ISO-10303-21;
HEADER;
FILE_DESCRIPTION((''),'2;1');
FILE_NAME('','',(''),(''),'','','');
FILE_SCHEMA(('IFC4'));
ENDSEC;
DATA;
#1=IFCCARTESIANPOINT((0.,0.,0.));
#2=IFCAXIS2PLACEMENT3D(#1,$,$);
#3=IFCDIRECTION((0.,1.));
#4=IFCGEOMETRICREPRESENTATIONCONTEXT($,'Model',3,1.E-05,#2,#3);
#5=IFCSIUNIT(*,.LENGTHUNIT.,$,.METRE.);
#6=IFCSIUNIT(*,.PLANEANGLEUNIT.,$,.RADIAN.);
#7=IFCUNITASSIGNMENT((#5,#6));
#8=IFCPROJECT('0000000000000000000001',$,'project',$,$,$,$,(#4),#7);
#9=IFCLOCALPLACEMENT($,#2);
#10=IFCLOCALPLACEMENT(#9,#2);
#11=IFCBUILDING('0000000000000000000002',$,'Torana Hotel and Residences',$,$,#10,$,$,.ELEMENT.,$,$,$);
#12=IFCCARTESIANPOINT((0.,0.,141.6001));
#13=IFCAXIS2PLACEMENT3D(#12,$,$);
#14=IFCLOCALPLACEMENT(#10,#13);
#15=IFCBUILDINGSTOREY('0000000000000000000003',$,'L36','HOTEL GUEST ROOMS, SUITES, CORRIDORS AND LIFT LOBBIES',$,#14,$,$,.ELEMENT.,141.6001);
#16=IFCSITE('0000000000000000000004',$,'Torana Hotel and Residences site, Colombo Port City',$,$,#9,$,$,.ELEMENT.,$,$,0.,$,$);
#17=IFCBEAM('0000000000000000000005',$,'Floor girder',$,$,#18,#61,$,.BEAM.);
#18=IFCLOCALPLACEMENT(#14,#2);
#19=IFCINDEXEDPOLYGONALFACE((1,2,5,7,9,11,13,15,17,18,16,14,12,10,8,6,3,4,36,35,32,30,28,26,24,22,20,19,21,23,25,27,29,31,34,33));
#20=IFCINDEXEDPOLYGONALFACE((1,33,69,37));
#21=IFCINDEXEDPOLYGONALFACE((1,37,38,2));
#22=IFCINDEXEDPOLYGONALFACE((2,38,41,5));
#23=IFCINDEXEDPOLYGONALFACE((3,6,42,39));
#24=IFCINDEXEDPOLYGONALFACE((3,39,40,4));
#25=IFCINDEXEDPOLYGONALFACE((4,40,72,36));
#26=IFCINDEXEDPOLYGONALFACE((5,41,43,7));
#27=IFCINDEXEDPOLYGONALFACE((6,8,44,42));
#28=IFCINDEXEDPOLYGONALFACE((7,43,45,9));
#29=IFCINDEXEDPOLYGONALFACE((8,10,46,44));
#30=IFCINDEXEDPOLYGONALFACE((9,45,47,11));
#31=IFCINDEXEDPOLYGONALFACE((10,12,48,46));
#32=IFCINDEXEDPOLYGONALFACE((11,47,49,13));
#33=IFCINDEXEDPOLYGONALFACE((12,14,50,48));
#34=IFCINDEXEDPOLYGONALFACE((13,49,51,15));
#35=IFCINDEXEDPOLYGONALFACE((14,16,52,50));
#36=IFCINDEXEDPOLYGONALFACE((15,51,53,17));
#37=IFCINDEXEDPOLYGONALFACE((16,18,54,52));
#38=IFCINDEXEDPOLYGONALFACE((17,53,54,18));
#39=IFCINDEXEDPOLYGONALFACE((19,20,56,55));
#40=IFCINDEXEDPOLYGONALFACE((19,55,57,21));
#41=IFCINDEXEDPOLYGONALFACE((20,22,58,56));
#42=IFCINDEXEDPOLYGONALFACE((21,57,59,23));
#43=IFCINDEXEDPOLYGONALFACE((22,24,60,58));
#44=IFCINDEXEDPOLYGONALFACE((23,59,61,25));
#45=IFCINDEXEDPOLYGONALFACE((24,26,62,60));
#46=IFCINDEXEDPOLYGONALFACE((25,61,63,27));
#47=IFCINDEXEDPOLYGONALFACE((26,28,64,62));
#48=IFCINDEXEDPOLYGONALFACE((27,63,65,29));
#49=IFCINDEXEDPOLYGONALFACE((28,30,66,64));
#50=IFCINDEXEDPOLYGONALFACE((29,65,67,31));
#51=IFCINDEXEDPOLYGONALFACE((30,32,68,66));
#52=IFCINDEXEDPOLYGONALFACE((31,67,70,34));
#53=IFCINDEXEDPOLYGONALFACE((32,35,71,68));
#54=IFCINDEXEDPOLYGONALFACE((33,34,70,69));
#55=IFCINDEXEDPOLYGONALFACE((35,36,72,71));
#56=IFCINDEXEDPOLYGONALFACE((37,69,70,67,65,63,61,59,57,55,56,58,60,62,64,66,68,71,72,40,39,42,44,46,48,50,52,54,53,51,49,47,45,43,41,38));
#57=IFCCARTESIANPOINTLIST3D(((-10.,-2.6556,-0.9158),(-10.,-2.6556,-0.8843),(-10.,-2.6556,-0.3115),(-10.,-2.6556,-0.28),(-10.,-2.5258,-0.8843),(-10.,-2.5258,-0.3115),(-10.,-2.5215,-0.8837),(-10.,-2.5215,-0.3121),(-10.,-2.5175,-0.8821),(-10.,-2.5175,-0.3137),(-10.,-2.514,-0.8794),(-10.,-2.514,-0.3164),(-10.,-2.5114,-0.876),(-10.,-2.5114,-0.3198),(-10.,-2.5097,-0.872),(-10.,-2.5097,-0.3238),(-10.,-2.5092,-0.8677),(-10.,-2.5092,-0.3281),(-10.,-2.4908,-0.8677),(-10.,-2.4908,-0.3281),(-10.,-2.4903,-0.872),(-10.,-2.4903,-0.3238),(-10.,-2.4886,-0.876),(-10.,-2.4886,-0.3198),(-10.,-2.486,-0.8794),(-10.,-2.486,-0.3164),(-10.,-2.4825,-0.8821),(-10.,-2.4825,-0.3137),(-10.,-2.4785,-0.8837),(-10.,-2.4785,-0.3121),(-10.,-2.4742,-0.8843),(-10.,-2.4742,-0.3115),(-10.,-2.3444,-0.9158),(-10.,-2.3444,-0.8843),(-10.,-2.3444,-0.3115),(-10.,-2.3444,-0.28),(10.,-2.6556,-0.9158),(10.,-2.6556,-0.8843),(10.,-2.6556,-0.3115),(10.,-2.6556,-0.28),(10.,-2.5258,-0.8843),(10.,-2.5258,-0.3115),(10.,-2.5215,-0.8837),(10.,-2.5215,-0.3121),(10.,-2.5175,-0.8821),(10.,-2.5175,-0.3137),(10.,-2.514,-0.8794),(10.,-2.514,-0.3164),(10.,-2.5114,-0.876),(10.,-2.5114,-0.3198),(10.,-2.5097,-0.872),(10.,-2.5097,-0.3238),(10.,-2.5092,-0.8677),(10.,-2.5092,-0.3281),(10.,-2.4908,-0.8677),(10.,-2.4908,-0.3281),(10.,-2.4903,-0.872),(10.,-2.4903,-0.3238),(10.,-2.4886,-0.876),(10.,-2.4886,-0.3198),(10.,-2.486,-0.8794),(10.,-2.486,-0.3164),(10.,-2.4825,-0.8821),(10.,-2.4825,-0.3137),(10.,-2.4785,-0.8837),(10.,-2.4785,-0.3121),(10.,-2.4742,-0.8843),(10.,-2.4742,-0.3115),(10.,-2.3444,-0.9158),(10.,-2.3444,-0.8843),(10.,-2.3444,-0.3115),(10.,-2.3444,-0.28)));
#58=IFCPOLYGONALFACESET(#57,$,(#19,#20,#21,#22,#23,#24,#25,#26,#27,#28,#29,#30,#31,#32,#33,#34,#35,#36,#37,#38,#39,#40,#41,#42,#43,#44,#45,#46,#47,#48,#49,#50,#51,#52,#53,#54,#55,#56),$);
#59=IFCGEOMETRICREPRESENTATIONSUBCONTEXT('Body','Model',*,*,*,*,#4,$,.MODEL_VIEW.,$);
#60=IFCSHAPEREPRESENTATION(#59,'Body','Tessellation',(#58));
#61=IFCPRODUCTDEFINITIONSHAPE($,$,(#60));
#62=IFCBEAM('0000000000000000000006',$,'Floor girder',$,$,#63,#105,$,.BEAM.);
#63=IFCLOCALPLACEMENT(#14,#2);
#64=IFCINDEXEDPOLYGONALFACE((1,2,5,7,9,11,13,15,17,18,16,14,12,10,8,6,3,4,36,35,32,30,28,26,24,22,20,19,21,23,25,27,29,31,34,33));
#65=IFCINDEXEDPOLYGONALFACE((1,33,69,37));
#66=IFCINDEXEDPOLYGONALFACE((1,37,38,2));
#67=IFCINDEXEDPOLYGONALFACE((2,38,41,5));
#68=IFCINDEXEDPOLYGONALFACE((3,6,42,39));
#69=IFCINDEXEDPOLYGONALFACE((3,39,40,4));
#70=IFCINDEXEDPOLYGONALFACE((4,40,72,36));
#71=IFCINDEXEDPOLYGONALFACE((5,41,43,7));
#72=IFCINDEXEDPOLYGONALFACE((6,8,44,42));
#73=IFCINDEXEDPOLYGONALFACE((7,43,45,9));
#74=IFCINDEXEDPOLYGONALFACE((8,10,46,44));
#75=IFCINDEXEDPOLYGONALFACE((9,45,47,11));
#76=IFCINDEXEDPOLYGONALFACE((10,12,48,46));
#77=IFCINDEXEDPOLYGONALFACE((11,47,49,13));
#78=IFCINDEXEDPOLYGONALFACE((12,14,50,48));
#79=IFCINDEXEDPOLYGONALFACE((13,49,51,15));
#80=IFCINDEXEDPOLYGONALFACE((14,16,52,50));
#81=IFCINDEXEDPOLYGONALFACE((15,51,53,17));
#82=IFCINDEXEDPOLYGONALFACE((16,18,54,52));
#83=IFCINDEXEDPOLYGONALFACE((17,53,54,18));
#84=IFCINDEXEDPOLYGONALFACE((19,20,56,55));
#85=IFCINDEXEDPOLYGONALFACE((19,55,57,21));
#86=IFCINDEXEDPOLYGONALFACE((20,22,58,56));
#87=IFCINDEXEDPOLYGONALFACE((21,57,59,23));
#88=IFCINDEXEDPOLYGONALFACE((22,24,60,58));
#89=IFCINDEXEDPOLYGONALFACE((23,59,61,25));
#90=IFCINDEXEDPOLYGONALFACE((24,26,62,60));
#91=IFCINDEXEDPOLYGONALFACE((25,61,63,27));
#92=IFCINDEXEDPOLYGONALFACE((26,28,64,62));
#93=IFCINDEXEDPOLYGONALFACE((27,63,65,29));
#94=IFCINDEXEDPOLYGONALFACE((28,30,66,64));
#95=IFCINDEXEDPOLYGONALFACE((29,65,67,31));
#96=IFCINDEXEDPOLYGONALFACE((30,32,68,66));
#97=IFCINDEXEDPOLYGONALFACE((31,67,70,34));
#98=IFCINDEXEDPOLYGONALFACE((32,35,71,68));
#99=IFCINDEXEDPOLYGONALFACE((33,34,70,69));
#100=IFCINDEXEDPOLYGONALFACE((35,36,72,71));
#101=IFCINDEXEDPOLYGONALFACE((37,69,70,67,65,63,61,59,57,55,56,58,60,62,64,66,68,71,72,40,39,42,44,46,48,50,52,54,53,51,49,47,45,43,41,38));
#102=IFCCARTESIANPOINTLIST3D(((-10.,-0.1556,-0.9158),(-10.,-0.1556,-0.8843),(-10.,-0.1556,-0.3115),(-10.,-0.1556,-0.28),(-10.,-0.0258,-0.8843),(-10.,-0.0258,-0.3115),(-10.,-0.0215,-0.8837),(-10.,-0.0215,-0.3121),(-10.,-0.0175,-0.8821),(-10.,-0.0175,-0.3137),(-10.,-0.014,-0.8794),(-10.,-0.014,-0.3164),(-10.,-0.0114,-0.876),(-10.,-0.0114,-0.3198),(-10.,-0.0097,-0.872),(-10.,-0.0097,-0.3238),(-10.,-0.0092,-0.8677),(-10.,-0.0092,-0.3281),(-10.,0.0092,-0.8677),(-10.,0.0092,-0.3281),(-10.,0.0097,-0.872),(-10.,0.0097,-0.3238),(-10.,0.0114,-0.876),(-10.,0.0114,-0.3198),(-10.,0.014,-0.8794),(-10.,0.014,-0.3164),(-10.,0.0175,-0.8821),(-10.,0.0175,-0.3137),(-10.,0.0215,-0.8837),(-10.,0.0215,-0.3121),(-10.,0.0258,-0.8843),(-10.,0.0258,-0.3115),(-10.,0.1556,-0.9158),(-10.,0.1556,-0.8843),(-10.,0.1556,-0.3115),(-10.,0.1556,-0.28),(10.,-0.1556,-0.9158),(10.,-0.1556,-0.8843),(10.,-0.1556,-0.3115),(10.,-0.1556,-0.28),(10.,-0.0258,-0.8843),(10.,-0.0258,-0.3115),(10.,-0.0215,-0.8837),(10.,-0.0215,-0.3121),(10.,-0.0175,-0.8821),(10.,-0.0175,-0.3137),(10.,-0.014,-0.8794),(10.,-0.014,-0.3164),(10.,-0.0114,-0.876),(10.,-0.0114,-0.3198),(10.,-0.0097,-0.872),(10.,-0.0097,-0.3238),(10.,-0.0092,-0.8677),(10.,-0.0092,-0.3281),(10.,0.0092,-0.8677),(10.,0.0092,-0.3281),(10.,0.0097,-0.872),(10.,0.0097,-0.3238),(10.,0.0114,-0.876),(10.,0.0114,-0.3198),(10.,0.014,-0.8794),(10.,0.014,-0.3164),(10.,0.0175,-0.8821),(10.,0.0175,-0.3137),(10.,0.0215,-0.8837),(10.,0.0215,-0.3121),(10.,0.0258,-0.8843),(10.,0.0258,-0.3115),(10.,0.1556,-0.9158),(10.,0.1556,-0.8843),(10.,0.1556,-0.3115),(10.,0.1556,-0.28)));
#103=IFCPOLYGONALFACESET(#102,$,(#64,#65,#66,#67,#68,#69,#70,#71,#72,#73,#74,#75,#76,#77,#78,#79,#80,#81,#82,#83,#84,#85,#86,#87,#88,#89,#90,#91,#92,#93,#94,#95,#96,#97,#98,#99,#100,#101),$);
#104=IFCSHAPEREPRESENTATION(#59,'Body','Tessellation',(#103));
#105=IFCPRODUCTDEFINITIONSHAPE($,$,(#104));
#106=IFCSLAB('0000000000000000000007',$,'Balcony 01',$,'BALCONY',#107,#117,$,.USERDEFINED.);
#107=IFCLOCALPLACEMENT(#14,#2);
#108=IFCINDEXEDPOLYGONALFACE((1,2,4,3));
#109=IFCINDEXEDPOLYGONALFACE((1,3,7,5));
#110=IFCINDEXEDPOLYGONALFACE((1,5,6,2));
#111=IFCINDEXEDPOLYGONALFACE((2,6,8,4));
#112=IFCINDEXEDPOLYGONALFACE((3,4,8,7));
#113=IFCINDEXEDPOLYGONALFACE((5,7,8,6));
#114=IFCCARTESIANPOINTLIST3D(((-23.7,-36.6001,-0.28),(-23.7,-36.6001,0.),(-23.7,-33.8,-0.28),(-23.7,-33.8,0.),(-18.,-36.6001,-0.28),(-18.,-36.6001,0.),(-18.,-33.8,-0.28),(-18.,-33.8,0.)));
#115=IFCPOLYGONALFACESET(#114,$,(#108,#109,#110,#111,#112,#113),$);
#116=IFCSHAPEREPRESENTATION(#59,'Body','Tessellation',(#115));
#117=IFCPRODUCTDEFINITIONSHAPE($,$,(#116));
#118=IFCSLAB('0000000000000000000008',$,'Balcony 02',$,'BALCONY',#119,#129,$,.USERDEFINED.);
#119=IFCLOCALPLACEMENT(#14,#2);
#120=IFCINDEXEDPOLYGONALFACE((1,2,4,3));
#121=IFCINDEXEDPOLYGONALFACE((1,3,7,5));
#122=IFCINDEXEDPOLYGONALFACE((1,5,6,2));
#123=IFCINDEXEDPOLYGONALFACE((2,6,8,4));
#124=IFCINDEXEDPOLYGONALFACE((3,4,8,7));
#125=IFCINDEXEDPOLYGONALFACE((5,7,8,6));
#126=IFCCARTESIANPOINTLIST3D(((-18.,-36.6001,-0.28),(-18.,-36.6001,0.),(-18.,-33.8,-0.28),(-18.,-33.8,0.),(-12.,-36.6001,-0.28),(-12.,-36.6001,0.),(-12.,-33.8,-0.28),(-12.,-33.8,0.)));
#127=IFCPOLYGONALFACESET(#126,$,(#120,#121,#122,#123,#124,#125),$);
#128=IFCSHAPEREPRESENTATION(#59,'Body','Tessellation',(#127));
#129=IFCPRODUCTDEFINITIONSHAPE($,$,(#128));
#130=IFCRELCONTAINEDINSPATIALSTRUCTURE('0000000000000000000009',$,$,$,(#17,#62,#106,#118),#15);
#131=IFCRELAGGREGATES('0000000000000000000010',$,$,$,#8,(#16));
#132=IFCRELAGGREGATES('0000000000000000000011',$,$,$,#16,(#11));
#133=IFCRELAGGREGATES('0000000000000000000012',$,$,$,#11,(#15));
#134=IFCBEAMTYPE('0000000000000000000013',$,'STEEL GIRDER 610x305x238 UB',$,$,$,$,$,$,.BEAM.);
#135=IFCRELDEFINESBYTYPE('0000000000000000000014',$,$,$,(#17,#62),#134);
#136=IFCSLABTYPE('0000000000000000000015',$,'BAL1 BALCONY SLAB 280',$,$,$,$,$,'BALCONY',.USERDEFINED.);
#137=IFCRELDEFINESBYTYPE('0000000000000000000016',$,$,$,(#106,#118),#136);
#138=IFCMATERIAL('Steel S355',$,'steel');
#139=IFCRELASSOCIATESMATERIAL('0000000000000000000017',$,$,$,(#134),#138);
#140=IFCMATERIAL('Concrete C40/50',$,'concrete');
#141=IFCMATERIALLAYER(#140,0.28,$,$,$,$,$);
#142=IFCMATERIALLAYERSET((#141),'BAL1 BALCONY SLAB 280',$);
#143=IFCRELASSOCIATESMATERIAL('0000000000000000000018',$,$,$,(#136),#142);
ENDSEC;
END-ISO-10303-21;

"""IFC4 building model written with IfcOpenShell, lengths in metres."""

from ifc_helpers import new_model, si_unit, direction, frame, origin, origin_2d, place, context, subcontext, project, spatial, polyline, i_section, outline, extrude, material, layer, layer_set, material_profile, profile_set, type_object, element, save


model = new_model("IFC4")

# Units and contexts
model_context = context("Model", 3, precision=1e-05, world=origin(), true_north=direction((0.0, 1.0)))
body_context = subcontext(model_context, "Body", "Model", "MODEL_VIEW")
ifc_project = project(units=[si_unit("LENGTHUNIT", "METRE"), si_unit("PLANEANGLEUNIT", "RADIAN")], contexts=[model_context])

# Site, building, storey
site_placement = place(None, origin())
site = spatial("IfcSite", under=ifc_project, at=site_placement, Name="Torana Hotel and Residences site, Colombo Port City", CompositionType="ELEMENT", RefElevation=0.0)
building_placement = place(site_placement, origin())
building = spatial("IfcBuilding", under=site, at=building_placement, Name="Torana Hotel and Residences", CompositionType="ELEMENT")
storey_placement = place(building_placement, frame((0.0, 0.0, 141.6001)))
storey = spatial("IfcBuildingStorey", under=building, at=storey_placement, Name="L36", Description="HOTEL GUEST ROOMS, SUITES, CORRIDORS AND LIFT LOBBIES", CompositionType="ELEMENT", Elevation=141.6001)

# Beams
ifc_material_1 = material(Name="Steel S355", Category="steel")
ifc_material_profile = material_profile(ifc_material_1, i_section(OverallWidth=0.3113, OverallDepth=0.6357, WebThickness=0.0183, FlangeThickness=0.0315, FilletRadius=0.0166, at=origin_2d()), Name="610x305x238 UB")
ifc_profile_set = profile_set([ifc_material_profile], Name="Steel S355")
beam_type = type_object("IfcBeamType", Name="STEEL GIRDER 610x305x238 UB", PredefinedType="BEAM", material=ifc_profile_set)
for number, where, z_axis, x_axis, name in (
    (1, (-10.0, -2.5, -0.5979), (1.0, 0.0, 0.0), (0.0, 1.0, 0.0), "Floor girder"),
    (2, (-10.0, 0.0, -0.5979), (1.0, 0.0, 0.0), (0.0, 1.0, 0.0), "Floor girder"),
):
    element("IfcBeam", number, at=place(storey_placement, frame(where, z_axis=z_axis, x_axis=x_axis)), inside=storey, type_object=beam_type, Name=name, PredefinedType="BEAM", context=body_context, shape_type="SweptSolid", body=[
        extrude(i_section(OverallWidth=0.3113, OverallDepth=0.6357, WebThickness=0.0183, FlangeThickness=0.0315, FilletRadius=0.0166, at=origin_2d()), origin(), (0.0, 0.0, 1.0), 20.0),
    ])

# Slabs
ifc_material_2 = material(Name="Concrete C40/50", Category="concrete")
ifc_layer_1 = layer(ifc_material_2, 0.28)
ifc_layer_set_1 = layer_set([ifc_layer_1], Name="BAL1 BALCONY SLAB 280")
slab_type_1 = type_object("IfcSlabType", Name="BAL1 BALCONY SLAB 280", ElementType="BALCONY", PredefinedType="USERDEFINED", material=ifc_layer_set_1)
slab_1_placement = place(storey_placement, frame((0.0, 0.0, -0.28)))
element("IfcSlab", 3, at=slab_1_placement, inside=storey, type_object=slab_type_1, Name="Balcony 01", ObjectType="BALCONY", PredefinedType="USERDEFINED", context=body_context, shape_type="SweptSolid", body=[
    extrude(outline(polyline([(-23.7, -36.6001), (-18.0, -36.6001), (-18.0, -33.8), (-23.7, -33.8), (-23.7, -36.6001)])), origin(), (0.0, 0.0, 1.0), 0.28),
])
slab_2_placement = place(storey_placement, frame((0.0, 0.0, -0.28)))
element("IfcSlab", 4, at=slab_2_placement, inside=storey, type_object=slab_type_1, Name="Balcony 02", ObjectType="BALCONY", PredefinedType="USERDEFINED", context=body_context, shape_type="SweptSolid", body=[
    extrude(outline(polyline([(-18.0, -36.6001), (-12.0, -36.6001), (-12.0, -33.8), (-18.0, -33.8), (-18.0, -36.6001)])), origin(), (0.0, 0.0, 1.0), 0.28),
])

save(model, "model.ifc")
